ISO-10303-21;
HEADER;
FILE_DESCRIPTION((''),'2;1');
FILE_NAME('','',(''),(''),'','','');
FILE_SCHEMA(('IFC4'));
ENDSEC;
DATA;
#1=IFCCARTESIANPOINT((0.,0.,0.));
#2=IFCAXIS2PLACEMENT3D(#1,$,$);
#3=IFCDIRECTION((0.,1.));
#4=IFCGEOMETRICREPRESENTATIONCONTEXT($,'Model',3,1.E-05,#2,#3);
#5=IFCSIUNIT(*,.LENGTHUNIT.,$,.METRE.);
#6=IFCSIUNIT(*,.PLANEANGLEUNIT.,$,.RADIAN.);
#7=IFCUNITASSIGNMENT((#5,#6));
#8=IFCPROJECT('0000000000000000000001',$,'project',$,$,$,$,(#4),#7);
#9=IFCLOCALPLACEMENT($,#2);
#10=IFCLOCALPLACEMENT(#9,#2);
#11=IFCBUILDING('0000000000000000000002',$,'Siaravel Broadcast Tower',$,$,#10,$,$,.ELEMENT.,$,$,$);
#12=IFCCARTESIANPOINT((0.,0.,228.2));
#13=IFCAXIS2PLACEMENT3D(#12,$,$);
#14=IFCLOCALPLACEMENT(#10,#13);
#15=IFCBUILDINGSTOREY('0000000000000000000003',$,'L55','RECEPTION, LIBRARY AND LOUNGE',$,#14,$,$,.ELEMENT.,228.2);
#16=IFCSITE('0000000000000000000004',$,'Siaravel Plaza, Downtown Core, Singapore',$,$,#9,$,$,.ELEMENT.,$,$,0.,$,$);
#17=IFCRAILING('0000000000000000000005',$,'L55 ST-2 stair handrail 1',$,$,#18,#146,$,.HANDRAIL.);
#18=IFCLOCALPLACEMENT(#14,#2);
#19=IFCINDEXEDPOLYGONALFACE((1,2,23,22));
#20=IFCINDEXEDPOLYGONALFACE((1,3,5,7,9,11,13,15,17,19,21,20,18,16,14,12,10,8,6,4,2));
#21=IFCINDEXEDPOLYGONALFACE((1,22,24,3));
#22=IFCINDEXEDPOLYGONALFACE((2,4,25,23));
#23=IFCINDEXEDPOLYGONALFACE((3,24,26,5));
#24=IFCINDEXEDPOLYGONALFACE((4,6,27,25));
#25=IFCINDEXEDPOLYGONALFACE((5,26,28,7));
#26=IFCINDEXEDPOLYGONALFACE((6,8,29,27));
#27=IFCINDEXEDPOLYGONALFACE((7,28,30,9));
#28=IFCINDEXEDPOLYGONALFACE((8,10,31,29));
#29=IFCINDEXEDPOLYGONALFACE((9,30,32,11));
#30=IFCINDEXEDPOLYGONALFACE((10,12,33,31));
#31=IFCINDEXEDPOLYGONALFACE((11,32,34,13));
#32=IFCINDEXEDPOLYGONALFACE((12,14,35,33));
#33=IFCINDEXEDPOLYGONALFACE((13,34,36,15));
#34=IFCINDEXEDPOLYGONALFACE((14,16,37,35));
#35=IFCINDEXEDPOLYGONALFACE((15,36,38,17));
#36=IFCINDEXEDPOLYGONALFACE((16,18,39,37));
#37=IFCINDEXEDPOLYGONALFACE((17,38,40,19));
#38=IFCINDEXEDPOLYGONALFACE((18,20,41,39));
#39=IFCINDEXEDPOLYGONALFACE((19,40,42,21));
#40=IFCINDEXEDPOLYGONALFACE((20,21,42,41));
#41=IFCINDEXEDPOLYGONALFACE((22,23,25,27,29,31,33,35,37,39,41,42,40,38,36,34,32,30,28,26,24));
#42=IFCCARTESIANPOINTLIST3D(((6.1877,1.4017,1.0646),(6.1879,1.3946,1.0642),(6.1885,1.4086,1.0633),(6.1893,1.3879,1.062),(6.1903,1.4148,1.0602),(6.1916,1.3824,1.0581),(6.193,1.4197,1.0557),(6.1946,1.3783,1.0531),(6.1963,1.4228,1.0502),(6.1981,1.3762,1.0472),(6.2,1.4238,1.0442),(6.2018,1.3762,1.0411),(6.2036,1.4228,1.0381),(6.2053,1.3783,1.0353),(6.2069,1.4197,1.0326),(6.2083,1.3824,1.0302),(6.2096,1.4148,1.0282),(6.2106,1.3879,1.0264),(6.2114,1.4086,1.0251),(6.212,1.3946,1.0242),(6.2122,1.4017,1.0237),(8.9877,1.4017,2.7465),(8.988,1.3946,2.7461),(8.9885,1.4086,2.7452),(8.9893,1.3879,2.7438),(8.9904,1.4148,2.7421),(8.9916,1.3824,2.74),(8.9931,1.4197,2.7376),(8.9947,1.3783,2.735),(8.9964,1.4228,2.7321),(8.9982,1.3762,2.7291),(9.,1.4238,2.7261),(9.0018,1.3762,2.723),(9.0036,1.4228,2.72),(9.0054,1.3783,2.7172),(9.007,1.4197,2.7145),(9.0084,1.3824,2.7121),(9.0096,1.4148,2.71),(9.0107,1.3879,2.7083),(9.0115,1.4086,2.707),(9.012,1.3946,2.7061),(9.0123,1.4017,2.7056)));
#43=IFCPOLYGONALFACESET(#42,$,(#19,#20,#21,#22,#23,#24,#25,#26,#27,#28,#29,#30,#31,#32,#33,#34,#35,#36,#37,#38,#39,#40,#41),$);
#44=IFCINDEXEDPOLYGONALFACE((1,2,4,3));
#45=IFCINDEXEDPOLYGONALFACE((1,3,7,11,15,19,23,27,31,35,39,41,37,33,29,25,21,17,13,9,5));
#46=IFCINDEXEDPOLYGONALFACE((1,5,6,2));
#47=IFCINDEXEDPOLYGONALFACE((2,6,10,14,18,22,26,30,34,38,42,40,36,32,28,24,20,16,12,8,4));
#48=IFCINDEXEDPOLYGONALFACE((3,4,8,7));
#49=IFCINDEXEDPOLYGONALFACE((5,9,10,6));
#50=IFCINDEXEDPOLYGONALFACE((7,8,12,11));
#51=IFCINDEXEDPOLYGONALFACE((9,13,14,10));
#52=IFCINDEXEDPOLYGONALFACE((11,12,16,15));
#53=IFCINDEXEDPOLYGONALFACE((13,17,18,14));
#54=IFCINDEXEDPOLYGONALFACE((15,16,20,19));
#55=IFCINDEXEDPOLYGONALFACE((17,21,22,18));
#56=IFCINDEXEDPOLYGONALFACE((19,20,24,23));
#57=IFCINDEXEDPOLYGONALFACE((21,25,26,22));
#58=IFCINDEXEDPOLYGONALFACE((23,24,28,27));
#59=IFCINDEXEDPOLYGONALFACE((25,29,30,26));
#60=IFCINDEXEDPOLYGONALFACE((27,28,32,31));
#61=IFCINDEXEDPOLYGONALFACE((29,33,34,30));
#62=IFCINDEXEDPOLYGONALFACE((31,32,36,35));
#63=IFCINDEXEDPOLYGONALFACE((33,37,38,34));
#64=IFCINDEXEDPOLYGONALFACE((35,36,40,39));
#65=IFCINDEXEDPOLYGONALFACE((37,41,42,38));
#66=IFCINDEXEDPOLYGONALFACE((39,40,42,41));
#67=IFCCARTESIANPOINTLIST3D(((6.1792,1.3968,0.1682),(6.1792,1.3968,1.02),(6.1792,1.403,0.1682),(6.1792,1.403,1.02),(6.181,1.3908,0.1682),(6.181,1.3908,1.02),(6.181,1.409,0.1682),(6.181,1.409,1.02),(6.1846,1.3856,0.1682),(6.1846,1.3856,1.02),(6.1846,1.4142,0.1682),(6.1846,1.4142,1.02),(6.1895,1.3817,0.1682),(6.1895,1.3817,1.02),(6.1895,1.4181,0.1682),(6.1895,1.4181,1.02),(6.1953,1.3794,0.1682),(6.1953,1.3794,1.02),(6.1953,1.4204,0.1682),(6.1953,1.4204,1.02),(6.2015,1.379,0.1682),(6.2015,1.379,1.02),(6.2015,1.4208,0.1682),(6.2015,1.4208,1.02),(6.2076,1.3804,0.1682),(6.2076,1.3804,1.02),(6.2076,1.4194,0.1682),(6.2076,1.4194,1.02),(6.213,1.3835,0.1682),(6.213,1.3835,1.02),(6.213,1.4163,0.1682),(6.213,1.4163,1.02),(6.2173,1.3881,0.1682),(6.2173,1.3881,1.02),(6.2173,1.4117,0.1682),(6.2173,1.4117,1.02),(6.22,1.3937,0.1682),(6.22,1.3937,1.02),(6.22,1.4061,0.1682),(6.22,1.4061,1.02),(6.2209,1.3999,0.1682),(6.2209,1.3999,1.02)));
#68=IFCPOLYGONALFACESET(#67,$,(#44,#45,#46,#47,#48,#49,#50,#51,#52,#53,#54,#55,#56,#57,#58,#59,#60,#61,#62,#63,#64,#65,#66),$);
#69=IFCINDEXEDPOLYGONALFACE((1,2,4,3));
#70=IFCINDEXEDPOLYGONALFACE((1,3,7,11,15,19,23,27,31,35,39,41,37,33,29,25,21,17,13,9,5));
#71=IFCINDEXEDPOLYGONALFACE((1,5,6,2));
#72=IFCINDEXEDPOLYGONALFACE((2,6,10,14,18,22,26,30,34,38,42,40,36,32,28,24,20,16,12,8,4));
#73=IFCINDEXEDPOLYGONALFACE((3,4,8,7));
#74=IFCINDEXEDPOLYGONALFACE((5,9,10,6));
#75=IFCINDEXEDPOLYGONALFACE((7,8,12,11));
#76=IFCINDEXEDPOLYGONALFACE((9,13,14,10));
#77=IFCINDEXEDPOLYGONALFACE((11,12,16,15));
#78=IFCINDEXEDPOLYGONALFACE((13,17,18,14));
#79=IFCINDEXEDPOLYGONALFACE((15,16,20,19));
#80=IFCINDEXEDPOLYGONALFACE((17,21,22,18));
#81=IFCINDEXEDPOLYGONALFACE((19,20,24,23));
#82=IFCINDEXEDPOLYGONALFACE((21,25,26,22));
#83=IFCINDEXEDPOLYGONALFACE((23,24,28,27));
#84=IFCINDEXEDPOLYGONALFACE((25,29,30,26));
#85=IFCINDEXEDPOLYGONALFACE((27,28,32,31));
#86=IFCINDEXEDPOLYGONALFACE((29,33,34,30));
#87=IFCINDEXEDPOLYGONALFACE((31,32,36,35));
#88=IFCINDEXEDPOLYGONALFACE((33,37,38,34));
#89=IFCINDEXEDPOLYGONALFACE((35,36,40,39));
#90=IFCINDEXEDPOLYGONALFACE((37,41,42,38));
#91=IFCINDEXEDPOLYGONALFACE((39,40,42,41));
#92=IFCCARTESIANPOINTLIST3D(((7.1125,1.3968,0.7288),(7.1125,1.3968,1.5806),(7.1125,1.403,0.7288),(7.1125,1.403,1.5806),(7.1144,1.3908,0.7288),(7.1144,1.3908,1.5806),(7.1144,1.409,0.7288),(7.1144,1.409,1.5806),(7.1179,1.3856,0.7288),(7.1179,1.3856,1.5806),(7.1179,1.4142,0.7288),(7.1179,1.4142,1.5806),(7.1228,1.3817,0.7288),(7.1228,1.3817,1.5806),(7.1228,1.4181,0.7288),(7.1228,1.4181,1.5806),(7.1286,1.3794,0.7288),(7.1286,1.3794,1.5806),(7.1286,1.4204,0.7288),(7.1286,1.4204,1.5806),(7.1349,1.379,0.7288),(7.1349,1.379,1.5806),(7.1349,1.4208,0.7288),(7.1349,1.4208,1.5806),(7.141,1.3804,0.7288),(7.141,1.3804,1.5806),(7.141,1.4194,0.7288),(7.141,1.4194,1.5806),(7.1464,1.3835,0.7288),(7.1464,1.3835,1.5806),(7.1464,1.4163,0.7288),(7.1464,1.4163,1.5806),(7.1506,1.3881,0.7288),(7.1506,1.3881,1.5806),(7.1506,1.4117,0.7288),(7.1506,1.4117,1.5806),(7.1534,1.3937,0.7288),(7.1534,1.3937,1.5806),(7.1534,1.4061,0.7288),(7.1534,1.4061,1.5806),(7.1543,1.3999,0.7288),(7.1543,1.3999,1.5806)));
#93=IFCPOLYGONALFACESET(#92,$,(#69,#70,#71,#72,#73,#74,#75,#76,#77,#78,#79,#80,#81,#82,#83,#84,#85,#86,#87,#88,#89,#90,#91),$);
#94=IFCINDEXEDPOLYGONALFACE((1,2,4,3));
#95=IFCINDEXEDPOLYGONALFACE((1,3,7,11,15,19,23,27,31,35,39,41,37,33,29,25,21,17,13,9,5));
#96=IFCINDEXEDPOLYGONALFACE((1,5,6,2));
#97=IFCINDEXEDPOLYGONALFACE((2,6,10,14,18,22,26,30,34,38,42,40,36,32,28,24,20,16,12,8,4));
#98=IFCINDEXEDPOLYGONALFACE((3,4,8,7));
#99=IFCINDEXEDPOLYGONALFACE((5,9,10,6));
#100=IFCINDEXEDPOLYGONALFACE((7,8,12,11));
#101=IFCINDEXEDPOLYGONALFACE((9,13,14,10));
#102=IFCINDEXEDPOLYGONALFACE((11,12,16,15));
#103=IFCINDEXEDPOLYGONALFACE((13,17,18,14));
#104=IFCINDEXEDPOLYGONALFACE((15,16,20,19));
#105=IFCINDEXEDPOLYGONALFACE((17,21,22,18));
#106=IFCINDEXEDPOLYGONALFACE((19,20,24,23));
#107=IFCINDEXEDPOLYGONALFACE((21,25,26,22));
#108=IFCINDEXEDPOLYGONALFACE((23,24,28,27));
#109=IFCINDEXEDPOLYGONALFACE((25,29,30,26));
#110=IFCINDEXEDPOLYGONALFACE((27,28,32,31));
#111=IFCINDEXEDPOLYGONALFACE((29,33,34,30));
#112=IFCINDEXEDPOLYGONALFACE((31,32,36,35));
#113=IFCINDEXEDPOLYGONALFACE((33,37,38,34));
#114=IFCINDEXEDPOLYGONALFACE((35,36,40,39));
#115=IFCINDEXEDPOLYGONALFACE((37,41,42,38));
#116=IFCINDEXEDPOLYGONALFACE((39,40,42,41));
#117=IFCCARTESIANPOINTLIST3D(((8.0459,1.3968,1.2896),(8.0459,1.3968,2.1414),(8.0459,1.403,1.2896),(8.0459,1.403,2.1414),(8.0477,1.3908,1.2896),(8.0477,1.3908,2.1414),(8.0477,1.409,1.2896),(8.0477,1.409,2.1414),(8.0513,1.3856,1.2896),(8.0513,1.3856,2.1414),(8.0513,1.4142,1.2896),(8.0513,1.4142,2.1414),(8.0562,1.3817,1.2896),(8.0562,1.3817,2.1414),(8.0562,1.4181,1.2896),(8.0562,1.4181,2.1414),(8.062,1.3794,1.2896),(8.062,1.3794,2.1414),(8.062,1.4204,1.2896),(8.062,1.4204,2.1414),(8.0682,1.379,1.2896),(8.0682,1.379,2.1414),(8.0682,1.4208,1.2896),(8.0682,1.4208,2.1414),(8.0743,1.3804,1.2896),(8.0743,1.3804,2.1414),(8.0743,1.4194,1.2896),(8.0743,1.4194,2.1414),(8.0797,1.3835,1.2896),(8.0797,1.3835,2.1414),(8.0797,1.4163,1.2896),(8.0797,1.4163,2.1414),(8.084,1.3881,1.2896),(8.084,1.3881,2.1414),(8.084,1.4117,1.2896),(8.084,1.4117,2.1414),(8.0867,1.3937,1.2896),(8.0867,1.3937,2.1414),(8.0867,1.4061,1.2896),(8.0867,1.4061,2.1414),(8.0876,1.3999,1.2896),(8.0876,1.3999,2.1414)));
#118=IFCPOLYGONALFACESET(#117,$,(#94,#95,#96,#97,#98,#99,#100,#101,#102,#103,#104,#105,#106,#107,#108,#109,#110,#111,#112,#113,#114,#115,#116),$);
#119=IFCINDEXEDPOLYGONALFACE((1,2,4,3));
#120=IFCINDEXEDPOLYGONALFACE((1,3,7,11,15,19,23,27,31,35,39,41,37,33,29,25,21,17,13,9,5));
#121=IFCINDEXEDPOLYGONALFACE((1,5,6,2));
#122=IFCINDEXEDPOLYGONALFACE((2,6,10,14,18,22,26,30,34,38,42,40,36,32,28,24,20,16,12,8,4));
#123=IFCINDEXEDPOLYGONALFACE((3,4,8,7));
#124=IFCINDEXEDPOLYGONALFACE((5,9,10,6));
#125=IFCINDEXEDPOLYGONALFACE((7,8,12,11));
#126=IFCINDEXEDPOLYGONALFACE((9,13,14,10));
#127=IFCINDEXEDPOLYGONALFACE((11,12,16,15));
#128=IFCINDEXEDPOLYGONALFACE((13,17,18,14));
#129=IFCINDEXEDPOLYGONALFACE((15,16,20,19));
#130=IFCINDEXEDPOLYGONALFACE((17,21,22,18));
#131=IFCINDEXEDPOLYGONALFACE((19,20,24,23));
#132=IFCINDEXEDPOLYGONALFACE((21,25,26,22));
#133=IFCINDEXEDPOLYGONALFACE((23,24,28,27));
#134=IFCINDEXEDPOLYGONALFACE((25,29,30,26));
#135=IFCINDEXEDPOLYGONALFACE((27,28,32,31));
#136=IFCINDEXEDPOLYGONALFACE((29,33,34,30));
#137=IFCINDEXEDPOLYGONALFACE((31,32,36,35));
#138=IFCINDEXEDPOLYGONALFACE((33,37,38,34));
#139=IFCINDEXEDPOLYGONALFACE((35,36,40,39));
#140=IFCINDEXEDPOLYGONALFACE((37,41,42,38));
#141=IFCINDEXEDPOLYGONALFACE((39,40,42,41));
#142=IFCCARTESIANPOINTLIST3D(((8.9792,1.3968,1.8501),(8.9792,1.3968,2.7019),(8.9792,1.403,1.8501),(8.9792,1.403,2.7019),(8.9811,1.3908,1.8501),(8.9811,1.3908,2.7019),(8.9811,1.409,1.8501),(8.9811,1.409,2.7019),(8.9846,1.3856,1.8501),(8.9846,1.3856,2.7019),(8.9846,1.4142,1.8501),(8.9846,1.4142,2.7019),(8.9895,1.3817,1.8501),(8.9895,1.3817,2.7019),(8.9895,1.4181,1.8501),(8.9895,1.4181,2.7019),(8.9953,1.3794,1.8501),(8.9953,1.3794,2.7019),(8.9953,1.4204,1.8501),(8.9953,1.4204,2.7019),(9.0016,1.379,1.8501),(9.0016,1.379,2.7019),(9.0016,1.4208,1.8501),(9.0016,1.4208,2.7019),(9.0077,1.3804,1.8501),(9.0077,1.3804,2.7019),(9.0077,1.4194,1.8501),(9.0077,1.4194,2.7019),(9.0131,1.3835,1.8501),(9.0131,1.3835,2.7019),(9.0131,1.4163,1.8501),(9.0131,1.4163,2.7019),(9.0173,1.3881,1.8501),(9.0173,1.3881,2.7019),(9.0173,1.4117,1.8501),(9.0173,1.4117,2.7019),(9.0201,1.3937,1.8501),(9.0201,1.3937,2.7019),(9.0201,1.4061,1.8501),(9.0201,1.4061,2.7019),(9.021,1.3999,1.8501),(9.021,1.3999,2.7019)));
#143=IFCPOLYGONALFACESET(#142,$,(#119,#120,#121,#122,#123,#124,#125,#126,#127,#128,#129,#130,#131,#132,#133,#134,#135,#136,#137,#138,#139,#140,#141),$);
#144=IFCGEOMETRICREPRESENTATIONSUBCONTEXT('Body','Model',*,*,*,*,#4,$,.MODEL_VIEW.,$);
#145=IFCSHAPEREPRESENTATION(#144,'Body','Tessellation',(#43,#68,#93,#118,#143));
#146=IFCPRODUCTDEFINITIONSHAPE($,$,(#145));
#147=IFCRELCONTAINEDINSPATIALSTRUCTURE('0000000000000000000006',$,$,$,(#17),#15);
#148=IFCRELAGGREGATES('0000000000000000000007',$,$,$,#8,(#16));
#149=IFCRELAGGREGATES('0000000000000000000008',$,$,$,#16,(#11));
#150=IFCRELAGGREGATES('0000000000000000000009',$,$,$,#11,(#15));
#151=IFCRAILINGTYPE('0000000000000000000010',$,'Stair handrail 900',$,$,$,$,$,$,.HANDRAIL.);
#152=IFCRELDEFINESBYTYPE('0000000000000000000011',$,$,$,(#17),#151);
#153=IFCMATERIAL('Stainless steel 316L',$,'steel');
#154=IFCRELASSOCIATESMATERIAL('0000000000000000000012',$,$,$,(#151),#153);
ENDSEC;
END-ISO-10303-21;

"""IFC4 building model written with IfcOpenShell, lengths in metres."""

from ifc_helpers import new_model, si_unit, direction, frame, origin, origin_2d, place, context, subcontext, project, spatial, circle, extrude, material, type_object, element, save


model = new_model("IFC4")

# Units and contexts
model_context = context("Model", 3, precision=1e-05, world=origin(), true_north=direction((0.0, 1.0)))
body_context = subcontext(model_context, "Body", "Model", "MODEL_VIEW")
ifc_project = project(units=[si_unit("LENGTHUNIT", "METRE"), si_unit("PLANEANGLEUNIT", "RADIAN")], contexts=[model_context])

# Site, building, storey
site_placement = place(None, origin())
site = spatial("IfcSite", under=ifc_project, at=site_placement, Name="Siaravel Plaza, Downtown Core, Singapore", CompositionType="ELEMENT", RefElevation=0.0)
building_placement = place(site_placement, origin())
building = spatial("IfcBuilding", under=site, at=building_placement, Name="Siaravel Broadcast Tower", CompositionType="ELEMENT")
storey_placement = place(building_placement, frame((0.0, 0.0, 228.2)))
storey = spatial("IfcBuildingStorey", under=building, at=storey_placement, Name="L55", Description="RECEPTION, LIBRARY AND LOUNGE", CompositionType="ELEMENT", Elevation=228.2)

# Railing
ifc_material_1 = material(Name="Stainless steel 316L", Category="steel")
railing_type_1 = type_object("IfcRailingType", Name="Stair handrail 900", PredefinedType="HANDRAIL", material=ifc_material_1)
railing_1_placement = place(storey_placement, frame((6.2, 1.3999, 0.1682)))
element("IfcRailing", 1, at=railing_1_placement, inside=storey, type_object=railing_type_1, Name="L55 ST-2 stair handrail 1", PredefinedType="HANDRAIL", context=body_context, shape_type="SweptSolid", body=[
    extrude(circle(Radius=0.0239, at=origin_2d()), frame((0.0, 0.0, 0.876), z_axis=(0.857242, 0.0, 0.514913), x_axis=(0.0, 1.0, 0.0)), (0.0, 0.0, 1.0), 3.2664),
    extrude(circle(Radius=0.021, at=origin_2d()), origin(), (0.0, 0.0, 1.0), 0.8518),
    extrude(circle(Radius=0.021, at=origin_2d()), frame((0.9333, 0.0, 0.5605)), (0.0, 0.0, 1.0), 0.8518),
    extrude(circle(Radius=0.021, at=origin_2d()), frame((1.8667, 0.0, 1.1213)), (0.0, 0.0, 1.0), 0.8518),
    extrude(circle(Radius=0.021, at=origin_2d()), frame((2.8, 0.0, 1.6819)), (0.0, 0.0, 1.0), 0.8518),
])

save(model, "model.ifc")
